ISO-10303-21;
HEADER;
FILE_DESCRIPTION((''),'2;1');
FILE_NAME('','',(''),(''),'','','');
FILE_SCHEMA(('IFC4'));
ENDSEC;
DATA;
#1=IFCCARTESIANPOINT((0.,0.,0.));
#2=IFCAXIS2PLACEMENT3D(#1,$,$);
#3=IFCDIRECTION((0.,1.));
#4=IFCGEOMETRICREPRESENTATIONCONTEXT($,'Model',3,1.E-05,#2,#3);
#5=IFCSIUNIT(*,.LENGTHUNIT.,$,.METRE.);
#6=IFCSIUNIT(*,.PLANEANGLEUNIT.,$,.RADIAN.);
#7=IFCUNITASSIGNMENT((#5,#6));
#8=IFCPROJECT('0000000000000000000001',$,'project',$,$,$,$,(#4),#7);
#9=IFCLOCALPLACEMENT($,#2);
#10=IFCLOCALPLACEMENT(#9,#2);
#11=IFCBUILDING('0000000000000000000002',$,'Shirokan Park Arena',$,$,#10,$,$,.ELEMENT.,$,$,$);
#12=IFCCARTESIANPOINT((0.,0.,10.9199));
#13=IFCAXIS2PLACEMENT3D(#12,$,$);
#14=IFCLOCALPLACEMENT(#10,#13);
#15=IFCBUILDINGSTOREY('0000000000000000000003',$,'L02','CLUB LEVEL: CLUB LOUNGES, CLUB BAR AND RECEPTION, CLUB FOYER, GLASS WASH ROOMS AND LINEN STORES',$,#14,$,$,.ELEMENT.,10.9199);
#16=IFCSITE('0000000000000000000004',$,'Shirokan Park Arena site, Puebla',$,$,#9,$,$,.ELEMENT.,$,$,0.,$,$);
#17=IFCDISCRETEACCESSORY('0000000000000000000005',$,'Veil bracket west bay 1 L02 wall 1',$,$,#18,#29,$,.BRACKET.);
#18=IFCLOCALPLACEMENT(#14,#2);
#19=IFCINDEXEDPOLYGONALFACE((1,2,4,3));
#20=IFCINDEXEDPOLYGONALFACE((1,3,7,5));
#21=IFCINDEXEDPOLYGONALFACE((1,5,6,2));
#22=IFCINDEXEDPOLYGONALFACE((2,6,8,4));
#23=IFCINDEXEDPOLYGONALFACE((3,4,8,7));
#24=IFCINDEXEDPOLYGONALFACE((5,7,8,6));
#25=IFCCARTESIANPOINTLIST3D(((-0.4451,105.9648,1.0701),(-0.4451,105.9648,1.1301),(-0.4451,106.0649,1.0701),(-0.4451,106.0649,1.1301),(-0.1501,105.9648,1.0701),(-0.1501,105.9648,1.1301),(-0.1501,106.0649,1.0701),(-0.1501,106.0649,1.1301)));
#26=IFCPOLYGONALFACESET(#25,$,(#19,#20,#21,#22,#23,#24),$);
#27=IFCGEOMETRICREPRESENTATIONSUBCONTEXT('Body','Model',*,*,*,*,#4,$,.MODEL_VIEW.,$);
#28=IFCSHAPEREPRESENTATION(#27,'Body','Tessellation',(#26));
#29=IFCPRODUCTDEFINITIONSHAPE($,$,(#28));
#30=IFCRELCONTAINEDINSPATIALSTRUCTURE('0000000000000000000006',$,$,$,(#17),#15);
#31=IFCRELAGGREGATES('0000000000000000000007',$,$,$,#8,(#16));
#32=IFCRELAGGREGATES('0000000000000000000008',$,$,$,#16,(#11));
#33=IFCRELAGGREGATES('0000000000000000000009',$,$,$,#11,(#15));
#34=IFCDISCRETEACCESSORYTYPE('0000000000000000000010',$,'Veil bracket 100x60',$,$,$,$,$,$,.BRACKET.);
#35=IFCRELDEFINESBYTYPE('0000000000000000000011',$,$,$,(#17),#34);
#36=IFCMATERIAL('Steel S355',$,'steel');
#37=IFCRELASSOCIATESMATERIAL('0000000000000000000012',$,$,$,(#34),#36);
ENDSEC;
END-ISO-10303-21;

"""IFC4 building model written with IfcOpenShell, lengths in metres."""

from ifc_helpers import new_model, si_unit, direction, frame, origin, origin_2d, place, context, subcontext, project, spatial, rectangle, extrude, material, type_object, element, save


model = new_model("IFC4")

# Units and contexts
model_context = context("Model", 3, precision=1e-05, world=origin(), true_north=direction((0.0, 1.0)))
body_context = subcontext(model_context, "Body", "Model", "MODEL_VIEW")
ifc_project = project(units=[si_unit("LENGTHUNIT", "METRE"), si_unit("PLANEANGLEUNIT", "RADIAN")], contexts=[model_context])

# Site, building, storey
site_placement = place(None, origin())
site = spatial("IfcSite", under=ifc_project, at=site_placement, Name="Shirokan Park Arena site, Puebla", CompositionType="ELEMENT", RefElevation=0.0)
building_placement = place(site_placement, origin())
building = spatial("IfcBuilding", under=site, at=building_placement, Name="Shirokan Park Arena", CompositionType="ELEMENT")
storey_placement = place(building_placement, frame((0.0, 0.0, 10.9199)))
storey = spatial("IfcBuildingStorey", under=building, at=storey_placement, Name="L02", Description="CLUB LEVEL: CLUB LOUNGES, CLUB BAR AND RECEPTION, CLUB FOYER, GLASS WASH ROOMS AND LINEN STORES", CompositionType="ELEMENT", Elevation=10.9199)

# Discrete accessory
ifc_material_1 = material(Name="Steel S355", Category="steel")
discrete_accessory_type = type_object("IfcDiscreteAccessoryType", Name="Veil bracket 100x60", PredefinedType="BRACKET", material=ifc_material_1)
discrete_accessory_placement = place(storey_placement, frame((-0.2976, 106.0149, 1.0701), z_axis=(0.0, 0.0, 1.0), x_axis=(0.0, -1.0, 0.0)))
element("IfcDiscreteAccessory", 1, at=discrete_accessory_placement, inside=storey, type_object=discrete_accessory_type, Name="Veil bracket west bay 1 L02 wall 1", PredefinedType="BRACKET", context=body_context, shape_type="SweptSolid", body=[
    extrude(rectangle(XDim=0.1001, YDim=0.2949, at=origin_2d()), origin(), (0.0, 0.0, 1.0), 0.0601),
])

save(model, "model.ifc")
